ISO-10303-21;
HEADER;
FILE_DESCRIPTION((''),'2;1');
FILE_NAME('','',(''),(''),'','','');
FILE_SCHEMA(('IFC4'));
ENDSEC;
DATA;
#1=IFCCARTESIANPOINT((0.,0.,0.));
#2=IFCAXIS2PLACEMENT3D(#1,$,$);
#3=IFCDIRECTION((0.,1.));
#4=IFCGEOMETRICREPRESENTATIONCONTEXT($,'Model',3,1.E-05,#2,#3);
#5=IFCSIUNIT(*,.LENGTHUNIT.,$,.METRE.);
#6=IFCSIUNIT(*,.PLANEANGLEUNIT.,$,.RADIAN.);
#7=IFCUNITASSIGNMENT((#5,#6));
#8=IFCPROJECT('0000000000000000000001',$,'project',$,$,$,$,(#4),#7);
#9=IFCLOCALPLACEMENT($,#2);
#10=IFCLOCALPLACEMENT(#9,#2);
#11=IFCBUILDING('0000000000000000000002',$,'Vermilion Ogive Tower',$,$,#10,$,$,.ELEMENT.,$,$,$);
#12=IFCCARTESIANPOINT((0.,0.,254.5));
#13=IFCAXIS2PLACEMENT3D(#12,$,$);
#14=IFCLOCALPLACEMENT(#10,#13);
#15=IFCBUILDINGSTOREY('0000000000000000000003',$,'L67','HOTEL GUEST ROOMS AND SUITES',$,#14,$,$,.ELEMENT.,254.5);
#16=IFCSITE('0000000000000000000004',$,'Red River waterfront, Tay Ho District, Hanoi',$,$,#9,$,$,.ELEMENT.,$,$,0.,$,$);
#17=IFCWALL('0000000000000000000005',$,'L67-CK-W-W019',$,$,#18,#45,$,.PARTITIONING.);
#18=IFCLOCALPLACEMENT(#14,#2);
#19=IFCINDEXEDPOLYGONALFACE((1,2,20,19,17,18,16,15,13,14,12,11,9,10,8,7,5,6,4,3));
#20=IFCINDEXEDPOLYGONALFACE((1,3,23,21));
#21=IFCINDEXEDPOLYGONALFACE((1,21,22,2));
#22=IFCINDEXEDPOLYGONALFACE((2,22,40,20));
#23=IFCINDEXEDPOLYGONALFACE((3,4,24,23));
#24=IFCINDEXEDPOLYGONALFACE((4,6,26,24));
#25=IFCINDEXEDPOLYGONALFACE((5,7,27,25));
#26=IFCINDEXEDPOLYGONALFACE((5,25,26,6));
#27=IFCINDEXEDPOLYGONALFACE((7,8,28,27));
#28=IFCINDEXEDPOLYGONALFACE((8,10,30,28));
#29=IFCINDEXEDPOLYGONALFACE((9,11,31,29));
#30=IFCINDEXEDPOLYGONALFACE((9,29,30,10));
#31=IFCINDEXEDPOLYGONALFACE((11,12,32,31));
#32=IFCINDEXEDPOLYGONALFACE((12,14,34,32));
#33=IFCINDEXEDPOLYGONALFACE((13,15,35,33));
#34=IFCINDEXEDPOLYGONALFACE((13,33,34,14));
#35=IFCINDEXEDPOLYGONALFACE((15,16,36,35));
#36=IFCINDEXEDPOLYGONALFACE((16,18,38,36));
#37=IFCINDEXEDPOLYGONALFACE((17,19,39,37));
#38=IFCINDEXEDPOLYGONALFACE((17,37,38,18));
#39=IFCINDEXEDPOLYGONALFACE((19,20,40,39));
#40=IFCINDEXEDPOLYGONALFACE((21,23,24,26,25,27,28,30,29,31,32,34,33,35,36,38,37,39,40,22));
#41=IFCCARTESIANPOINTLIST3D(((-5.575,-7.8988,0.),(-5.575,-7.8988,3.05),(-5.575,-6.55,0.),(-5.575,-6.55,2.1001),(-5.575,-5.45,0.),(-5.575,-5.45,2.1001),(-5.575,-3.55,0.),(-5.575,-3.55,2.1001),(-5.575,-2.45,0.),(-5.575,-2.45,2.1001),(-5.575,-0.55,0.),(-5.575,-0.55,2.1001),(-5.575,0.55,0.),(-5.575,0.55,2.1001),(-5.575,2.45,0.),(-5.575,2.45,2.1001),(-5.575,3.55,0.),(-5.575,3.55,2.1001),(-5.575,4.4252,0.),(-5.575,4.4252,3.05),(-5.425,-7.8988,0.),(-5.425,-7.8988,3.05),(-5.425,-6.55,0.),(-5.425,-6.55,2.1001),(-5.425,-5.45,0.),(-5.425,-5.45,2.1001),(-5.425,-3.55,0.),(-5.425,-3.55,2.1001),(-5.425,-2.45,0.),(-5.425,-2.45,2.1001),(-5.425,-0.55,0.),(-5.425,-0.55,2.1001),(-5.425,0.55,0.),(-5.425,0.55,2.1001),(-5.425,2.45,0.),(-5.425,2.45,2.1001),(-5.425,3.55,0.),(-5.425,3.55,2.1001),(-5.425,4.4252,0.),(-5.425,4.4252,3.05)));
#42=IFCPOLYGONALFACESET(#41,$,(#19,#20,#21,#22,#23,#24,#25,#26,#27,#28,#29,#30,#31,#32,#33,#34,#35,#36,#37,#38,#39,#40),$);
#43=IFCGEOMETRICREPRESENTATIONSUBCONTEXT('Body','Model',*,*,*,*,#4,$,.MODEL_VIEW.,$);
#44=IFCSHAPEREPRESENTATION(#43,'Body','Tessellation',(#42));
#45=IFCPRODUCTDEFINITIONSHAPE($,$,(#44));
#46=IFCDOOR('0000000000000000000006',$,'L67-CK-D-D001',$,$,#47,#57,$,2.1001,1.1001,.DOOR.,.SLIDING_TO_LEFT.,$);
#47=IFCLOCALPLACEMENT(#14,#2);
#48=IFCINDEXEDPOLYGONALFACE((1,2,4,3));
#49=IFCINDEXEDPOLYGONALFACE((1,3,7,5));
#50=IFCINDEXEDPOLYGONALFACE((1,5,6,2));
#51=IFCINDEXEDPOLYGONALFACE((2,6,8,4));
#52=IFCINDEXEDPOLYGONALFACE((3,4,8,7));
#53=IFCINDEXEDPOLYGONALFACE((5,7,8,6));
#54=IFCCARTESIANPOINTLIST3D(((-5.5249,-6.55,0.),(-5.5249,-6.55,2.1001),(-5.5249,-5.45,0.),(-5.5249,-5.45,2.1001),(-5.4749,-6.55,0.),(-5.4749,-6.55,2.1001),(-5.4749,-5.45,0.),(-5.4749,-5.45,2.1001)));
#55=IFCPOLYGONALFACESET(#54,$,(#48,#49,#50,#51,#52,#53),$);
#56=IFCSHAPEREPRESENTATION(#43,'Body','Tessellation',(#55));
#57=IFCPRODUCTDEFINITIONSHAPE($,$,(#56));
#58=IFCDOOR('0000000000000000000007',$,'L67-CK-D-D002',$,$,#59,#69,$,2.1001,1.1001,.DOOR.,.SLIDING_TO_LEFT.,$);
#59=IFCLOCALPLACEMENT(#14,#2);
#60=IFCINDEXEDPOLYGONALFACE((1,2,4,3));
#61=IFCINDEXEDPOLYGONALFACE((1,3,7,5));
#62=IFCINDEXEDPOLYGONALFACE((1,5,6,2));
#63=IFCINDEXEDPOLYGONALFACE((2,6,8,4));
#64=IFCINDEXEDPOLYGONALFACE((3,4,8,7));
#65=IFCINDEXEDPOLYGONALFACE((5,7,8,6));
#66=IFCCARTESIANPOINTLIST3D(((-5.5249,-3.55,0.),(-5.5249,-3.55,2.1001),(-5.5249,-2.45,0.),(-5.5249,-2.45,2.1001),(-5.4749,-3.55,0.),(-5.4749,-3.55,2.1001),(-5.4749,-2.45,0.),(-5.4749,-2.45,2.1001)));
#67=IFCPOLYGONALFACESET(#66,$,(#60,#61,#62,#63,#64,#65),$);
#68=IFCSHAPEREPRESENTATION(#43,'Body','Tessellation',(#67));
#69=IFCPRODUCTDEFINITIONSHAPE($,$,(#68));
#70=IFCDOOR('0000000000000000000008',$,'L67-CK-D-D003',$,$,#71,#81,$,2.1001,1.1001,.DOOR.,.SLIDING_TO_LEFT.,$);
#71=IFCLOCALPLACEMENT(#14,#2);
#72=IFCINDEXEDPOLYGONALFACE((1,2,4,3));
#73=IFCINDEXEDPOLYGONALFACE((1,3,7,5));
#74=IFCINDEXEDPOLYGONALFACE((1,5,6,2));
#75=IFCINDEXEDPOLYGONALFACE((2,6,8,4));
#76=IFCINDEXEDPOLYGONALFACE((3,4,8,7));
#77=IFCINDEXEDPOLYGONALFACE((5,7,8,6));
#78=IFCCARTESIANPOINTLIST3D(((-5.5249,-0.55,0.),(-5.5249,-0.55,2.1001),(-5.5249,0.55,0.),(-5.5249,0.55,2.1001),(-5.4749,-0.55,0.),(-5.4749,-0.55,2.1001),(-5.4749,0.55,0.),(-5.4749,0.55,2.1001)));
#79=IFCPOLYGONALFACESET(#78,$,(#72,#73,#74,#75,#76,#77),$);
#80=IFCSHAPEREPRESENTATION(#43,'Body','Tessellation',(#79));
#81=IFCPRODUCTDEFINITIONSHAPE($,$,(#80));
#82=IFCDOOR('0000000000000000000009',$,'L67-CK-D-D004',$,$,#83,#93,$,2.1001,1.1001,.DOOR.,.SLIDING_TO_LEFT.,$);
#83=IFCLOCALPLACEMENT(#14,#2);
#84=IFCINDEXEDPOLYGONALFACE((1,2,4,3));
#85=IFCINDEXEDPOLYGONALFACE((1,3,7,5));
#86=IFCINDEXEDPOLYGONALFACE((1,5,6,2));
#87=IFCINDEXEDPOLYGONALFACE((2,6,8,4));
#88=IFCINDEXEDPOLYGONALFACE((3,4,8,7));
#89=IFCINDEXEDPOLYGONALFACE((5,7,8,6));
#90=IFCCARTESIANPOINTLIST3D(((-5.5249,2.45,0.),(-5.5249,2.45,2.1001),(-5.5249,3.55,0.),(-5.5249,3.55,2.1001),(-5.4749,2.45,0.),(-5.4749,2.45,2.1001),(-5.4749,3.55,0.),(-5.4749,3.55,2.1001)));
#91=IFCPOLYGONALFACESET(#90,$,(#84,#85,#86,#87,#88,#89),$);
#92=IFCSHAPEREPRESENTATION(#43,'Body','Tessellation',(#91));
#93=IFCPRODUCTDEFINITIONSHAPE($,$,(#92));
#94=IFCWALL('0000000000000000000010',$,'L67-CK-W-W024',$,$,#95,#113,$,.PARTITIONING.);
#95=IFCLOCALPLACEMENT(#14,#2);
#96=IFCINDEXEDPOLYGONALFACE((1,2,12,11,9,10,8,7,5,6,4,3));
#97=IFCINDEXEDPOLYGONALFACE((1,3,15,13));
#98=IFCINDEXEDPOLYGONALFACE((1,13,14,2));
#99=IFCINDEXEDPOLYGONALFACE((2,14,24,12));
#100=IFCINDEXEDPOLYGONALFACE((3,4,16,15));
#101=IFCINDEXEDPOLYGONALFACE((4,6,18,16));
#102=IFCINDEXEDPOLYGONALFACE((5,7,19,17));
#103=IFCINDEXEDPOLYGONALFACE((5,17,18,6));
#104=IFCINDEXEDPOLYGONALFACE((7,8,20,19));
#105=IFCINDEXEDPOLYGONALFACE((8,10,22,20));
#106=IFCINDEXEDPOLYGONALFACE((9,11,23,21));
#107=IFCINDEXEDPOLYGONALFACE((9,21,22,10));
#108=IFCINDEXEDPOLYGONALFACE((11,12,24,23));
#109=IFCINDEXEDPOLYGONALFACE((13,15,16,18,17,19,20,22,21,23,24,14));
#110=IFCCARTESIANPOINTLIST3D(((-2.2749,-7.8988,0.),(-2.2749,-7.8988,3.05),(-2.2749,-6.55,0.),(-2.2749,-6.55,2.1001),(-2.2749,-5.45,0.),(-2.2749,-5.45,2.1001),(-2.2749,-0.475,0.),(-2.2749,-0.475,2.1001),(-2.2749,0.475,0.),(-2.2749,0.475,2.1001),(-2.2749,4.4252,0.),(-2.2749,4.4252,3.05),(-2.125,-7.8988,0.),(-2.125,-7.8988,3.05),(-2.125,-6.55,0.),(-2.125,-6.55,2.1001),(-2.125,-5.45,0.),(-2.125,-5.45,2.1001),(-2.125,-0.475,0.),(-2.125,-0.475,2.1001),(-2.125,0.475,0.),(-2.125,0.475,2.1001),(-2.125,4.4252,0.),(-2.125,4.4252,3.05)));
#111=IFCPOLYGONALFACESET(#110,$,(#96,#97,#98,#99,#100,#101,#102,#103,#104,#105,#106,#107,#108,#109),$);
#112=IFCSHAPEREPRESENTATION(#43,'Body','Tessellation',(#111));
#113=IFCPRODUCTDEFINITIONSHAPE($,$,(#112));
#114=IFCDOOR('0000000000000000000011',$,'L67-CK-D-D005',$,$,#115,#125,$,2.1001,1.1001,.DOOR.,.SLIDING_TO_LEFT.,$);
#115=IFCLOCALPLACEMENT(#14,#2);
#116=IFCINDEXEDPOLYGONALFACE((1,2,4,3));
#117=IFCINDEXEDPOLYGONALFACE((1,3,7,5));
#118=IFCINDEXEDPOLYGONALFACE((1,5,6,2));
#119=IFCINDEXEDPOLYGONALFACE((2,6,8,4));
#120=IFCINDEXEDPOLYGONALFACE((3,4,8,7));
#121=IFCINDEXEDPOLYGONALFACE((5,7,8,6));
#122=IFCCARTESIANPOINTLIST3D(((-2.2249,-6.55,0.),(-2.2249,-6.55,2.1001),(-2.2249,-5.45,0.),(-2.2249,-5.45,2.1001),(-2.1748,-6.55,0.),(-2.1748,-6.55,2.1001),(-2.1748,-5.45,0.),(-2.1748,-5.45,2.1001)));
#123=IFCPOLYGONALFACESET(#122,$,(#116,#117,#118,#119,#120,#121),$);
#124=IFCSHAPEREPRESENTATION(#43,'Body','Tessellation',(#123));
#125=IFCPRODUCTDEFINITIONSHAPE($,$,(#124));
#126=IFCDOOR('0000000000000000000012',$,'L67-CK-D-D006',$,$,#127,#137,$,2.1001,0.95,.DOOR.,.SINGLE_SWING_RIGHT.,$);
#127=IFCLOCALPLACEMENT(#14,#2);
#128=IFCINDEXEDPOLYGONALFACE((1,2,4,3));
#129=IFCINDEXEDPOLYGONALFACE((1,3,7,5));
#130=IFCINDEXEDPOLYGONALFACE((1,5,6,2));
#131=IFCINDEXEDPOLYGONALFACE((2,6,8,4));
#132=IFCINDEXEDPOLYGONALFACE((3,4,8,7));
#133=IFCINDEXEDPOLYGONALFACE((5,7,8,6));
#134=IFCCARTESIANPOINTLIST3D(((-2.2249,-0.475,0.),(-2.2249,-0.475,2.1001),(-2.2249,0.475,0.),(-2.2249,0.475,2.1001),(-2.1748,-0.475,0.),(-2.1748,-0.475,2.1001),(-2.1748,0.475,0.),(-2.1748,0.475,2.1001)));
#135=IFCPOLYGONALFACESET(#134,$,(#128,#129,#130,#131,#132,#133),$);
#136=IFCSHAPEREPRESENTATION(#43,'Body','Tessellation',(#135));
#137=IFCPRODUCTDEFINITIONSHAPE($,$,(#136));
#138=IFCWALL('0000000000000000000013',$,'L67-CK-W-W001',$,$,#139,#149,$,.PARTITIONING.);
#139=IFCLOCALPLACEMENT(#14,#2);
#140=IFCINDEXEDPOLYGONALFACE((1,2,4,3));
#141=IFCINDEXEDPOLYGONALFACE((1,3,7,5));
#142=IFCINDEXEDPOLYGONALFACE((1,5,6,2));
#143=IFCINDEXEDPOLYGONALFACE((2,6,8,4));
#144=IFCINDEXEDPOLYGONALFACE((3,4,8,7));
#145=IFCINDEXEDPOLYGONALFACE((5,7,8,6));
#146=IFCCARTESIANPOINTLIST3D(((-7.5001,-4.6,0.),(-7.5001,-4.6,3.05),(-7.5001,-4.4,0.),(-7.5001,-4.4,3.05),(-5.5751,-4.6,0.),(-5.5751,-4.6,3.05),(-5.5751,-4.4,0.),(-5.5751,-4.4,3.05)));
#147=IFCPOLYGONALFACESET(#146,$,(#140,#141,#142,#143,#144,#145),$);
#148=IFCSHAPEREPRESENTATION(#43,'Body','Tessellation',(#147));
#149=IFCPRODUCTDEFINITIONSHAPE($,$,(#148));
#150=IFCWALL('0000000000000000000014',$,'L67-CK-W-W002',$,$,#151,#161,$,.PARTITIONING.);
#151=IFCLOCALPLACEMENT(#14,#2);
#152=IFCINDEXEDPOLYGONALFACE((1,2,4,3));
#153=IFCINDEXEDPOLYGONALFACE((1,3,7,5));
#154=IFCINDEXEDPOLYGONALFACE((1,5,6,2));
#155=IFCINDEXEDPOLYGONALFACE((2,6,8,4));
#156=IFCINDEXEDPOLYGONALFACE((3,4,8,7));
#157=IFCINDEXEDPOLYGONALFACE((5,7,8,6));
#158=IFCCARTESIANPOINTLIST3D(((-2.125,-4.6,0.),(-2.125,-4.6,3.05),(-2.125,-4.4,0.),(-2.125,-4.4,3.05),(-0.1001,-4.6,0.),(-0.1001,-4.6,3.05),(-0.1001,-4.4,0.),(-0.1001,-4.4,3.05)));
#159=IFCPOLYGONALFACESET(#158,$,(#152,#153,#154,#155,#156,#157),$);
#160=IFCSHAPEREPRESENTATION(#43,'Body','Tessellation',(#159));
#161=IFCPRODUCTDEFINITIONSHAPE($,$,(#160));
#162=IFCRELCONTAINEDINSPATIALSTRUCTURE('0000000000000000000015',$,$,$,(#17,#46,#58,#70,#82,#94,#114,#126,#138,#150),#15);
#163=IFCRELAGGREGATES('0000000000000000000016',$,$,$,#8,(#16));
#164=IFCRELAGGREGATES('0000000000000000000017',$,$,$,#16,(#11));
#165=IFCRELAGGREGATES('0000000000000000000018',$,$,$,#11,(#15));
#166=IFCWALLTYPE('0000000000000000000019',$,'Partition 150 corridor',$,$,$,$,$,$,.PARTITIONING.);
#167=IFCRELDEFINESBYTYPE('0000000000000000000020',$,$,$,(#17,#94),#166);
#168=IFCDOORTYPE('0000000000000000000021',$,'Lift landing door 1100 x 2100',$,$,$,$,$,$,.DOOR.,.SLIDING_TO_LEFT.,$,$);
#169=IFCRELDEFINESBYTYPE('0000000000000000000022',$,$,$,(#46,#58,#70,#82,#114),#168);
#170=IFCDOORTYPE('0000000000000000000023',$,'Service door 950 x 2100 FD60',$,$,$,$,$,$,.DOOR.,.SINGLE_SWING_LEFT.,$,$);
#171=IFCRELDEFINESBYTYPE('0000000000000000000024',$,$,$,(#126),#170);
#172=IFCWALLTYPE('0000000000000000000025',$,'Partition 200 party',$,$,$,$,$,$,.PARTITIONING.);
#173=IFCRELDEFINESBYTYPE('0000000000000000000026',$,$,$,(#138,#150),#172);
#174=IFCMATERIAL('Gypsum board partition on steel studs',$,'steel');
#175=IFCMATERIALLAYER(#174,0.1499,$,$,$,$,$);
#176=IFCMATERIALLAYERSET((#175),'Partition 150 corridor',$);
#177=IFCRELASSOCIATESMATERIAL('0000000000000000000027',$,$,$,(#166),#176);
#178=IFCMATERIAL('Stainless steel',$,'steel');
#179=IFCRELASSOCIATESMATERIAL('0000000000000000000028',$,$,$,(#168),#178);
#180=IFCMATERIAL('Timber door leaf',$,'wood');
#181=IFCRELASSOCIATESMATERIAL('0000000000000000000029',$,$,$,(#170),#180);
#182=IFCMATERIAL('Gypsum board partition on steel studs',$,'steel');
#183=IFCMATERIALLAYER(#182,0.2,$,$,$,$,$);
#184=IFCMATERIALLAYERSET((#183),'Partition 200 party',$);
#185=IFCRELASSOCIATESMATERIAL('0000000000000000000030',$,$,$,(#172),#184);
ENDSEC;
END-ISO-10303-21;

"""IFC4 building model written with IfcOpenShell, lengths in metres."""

from ifc_helpers import new_model, si_unit, direction, frame, frame_2d, origin, place, context, subcontext, project, spatial, rectangle, extrude, material, layer, layer_set, type_object, element, fill, save


model = new_model("IFC4")

# Units and contexts
model_context = context("Model", 3, precision=1e-05, world=origin(), true_north=direction((0.0, 1.0)))
body_context = subcontext(model_context, "Body", "Model", "MODEL_VIEW")
ifc_project = project(units=[si_unit("LENGTHUNIT", "METRE"), si_unit("PLANEANGLEUNIT", "RADIAN")], contexts=[model_context])

# Site, building, storey
site_placement = place(None, origin())
site = spatial("IfcSite", under=ifc_project, at=site_placement, Name="Red River waterfront, Tay Ho District, Hanoi", CompositionType="ELEMENT", RefElevation=0.0)
building_placement = place(site_placement, origin())
building = spatial("IfcBuilding", under=site, at=building_placement, Name="Vermilion Ogive Tower", CompositionType="ELEMENT")
storey_placement = place(building_placement, frame((0.0, 0.0, 254.5)))
storey = spatial("IfcBuildingStorey", under=building, at=storey_placement, Name="L67", Description="HOTEL GUEST ROOMS AND SUITES", CompositionType="ELEMENT", Elevation=254.5)

# Walls, openings, doors
ifc_material_1 = material(Name="Gypsum board partition on steel studs", Category="steel")
ifc_layer_1 = layer(ifc_material_1, 0.1499)
ifc_layer_set_1 = layer_set([ifc_layer_1], Name="Partition 150 corridor")
wall_type_1 = type_object("IfcWallType", Name="Partition 150 corridor", PredefinedType="PARTITIONING", material=ifc_layer_set_1)
wall_1_placement = place(storey_placement, frame((-5.5, -7.8989, 0.0), z_axis=(0.0, 0.0, 1.0), x_axis=(0.0, 1.0, 0.0)))
wall_1 = element("IfcWall", 1, at=wall_1_placement, inside=storey, type_object=wall_type_1, Name="L67-CK-W-W019", PredefinedType="PARTITIONING", context=body_context, shape_type="SweptSolid", body=[
    extrude(rectangle(XDim=12.324, YDim=0.1499, at=frame_2d((6.1621, 0.0))), origin(), (0.0, 0.0, 1.0), 3.05),
])
opening_1_placement = place(wall_1_placement, frame((1.3489, 0.0, 0.0)))
opening_1 = element("IfcOpeningElement", 2, at=opening_1_placement, cuts=wall_1, PredefinedType="OPENING", context=body_context, shape_type="SweptSolid", body=[
    extrude(rectangle(XDim=1.1001, YDim=2.1001, at=frame_2d((0.55, 1.05))), frame((0.0, 0.085, 0.0), z_axis=(0.0, -1.0, 0.0), x_axis=(1.0, 0.0, 0.0)), (0.0, 0.0, 1.0), 0.1699),
])
opening_2_placement = place(wall_1_placement, frame((4.3489, 0.0, 0.0)))
opening_2 = element("IfcOpeningElement", 3, at=opening_2_placement, cuts=wall_1, PredefinedType="OPENING", context=body_context, shape_type="SweptSolid", body=[
    extrude(rectangle(XDim=1.1001, YDim=2.1001, at=frame_2d((0.55, 1.05))), frame((0.0, 0.085, 0.0), z_axis=(0.0, -1.0, 0.0), x_axis=(1.0, 0.0, 0.0)), (0.0, 0.0, 1.0), 0.1699),
])
opening_3_placement = place(wall_1_placement, frame((7.3489, 0.0, 0.0)))
opening_3 = element("IfcOpeningElement", 4, at=opening_3_placement, cuts=wall_1, PredefinedType="OPENING", context=body_context, shape_type="SweptSolid", body=[
    extrude(rectangle(XDim=1.1001, YDim=2.1001, at=frame_2d((0.55, 1.05))), frame((0.0, 0.085, 0.0), z_axis=(0.0, -1.0, 0.0), x_axis=(1.0, 0.0, 0.0)), (0.0, 0.0, 1.0), 0.1699),
])
opening_4_placement = place(wall_1_placement, frame((10.3489, 0.0, 0.0)))
opening_4 = element("IfcOpeningElement", 5, at=opening_4_placement, cuts=wall_1, PredefinedType="OPENING", context=body_context, shape_type="SweptSolid", body=[
    extrude(rectangle(XDim=1.1001, YDim=2.1001, at=frame_2d((0.55, 1.05))), frame((0.0, 0.085, 0.0), z_axis=(0.0, -1.0, 0.0), x_axis=(1.0, 0.0, 0.0)), (0.0, 0.0, 1.0), 0.1699),
])
ifc_material_2 = material(Name="Stainless steel", Category="steel")
door_type_1 = type_object("IfcDoorType", Name="Lift landing door 1100 x 2100", OperationType="SLIDING_TO_LEFT", PredefinedType="DOOR", material=ifc_material_2)
door_1_placement = place(opening_1_placement, origin())
door_1 = element("IfcDoor", 6, at=door_1_placement, inside=storey, type_object=door_type_1, Name="L67-CK-D-D001", OperationType="SLIDING_TO_LEFT", OverallHeight=2.1001, OverallWidth=1.1001, PredefinedType="DOOR", context=body_context, shape_type="SweptSolid", body=[
    extrude(rectangle(XDim=1.1001, YDim=2.1001, at=frame_2d((0.55, 1.05))), frame((0.0, 0.0249, 0.0), z_axis=(0.0, -1.0, 0.0), x_axis=(1.0, 0.0, 0.0)), (0.0, 0.0, 1.0), 0.05),
])
fill(opening_1, door_1)
door_2_placement = place(opening_2_placement, origin())
door_2 = element("IfcDoor", 7, at=door_2_placement, inside=storey, type_object=door_type_1, Name="L67-CK-D-D002", OperationType="SLIDING_TO_LEFT", OverallHeight=2.1001, OverallWidth=1.1001, PredefinedType="DOOR", context=body_context, shape_type="SweptSolid", body=[
    extrude(rectangle(XDim=1.1001, YDim=2.1001, at=frame_2d((0.55, 1.05))), frame((0.0, 0.0249, 0.0), z_axis=(0.0, -1.0, 0.0), x_axis=(1.0, 0.0, 0.0)), (0.0, 0.0, 1.0), 0.05),
])
fill(opening_2, door_2)
door_3_placement = place(opening_3_placement, origin())
door_3 = element("IfcDoor", 8, at=door_3_placement, inside=storey, type_object=door_type_1, Name="L67-CK-D-D003", OperationType="SLIDING_TO_LEFT", OverallHeight=2.1001, OverallWidth=1.1001, PredefinedType="DOOR", context=body_context, shape_type="SweptSolid", body=[
    extrude(rectangle(XDim=1.1001, YDim=2.1001, at=frame_2d((0.55, 1.05))), frame((0.0, 0.0249, 0.0), z_axis=(0.0, -1.0, 0.0), x_axis=(1.0, 0.0, 0.0)), (0.0, 0.0, 1.0), 0.05),
])
fill(opening_3, door_3)
door_4_placement = place(opening_4_placement, origin())
door_4 = element("IfcDoor", 9, at=door_4_placement, inside=storey, type_object=door_type_1, Name="L67-CK-D-D004", OperationType="SLIDING_TO_LEFT", OverallHeight=2.1001, OverallWidth=1.1001, PredefinedType="DOOR", context=body_context, shape_type="SweptSolid", body=[
    extrude(rectangle(XDim=1.1001, YDim=2.1001, at=frame_2d((0.55, 1.05))), frame((0.0, 0.0249, 0.0), z_axis=(0.0, -1.0, 0.0), x_axis=(1.0, 0.0, 0.0)), (0.0, 0.0, 1.0), 0.05),
])
fill(opening_4, door_4)
wall_2_placement = place(storey_placement, frame((-2.2, -7.8989, 0.0), z_axis=(0.0, 0.0, 1.0), x_axis=(0.0, 1.0, 0.0)))
wall_2 = element("IfcWall", 10, at=wall_2_placement, inside=storey, type_object=wall_type_1, Name="L67-CK-W-W024", PredefinedType="PARTITIONING", context=body_context, shape_type="SweptSolid", body=[
    extrude(rectangle(XDim=12.324, YDim=0.1499, at=frame_2d((6.1621, 0.0))), origin(), (0.0, 0.0, 1.0), 3.05),
])
opening_5_placement = place(wall_2_placement, frame((1.3489, 0.0, 0.0)))
opening_5 = element("IfcOpeningElement", 11, at=opening_5_placement, cuts=wall_2, PredefinedType="OPENING", context=body_context, shape_type="SweptSolid", body=[
    extrude(rectangle(XDim=1.1001, YDim=2.1001, at=frame_2d((0.55, 1.05))), frame((0.0, 0.085, 0.0), z_axis=(0.0, -1.0, 0.0), x_axis=(1.0, 0.0, 0.0)), (0.0, 0.0, 1.0), 0.1699),
])
opening_6_placement = place(wall_2_placement, frame((7.4238, 0.0, 0.0)))
opening_6 = element("IfcOpeningElement", 12, at=opening_6_placement, cuts=wall_2, PredefinedType="OPENING", context=body_context, shape_type="SweptSolid", body=[
    extrude(rectangle(XDim=0.95, YDim=2.1001, at=frame_2d((0.4751, 1.05))), frame((0.0, 0.085, 0.0), z_axis=(0.0, -1.0, 0.0), x_axis=(1.0, 0.0, 0.0)), (0.0, 0.0, 1.0), 0.1699),
])
door_5_placement = place(opening_5_placement, origin())
door_5 = element("IfcDoor", 13, at=door_5_placement, inside=storey, type_object=door_type_1, Name="L67-CK-D-D005", OperationType="SLIDING_TO_LEFT", OverallHeight=2.1001, OverallWidth=1.1001, PredefinedType="DOOR", context=body_context, shape_type="SweptSolid", body=[
    extrude(rectangle(XDim=1.1001, YDim=2.1001, at=frame_2d((0.55, 1.05))), frame((0.0, 0.0249, 0.0), z_axis=(0.0, -1.0, 0.0), x_axis=(1.0, 0.0, 0.0)), (0.0, 0.0, 1.0), 0.05),
])
fill(opening_5, door_5)
ifc_material_3 = material(Name="Timber door leaf", Category="wood")
door_type_2 = type_object("IfcDoorType", Name="Service door 950 x 2100 FD60", OperationType="SINGLE_SWING_LEFT", PredefinedType="DOOR", material=ifc_material_3)
door_6_placement = place(opening_6_placement, origin())
door_6 = element("IfcDoor", 14, at=door_6_placement, inside=storey, type_object=door_type_2, Name="L67-CK-D-D006", OperationType="SINGLE_SWING_RIGHT", OverallHeight=2.1001, OverallWidth=0.95, PredefinedType="DOOR", context=body_context, shape_type="SweptSolid", body=[
    extrude(rectangle(XDim=0.95, YDim=2.1001, at=frame_2d((0.4751, 1.05))), frame((0.0, 0.0249, 0.0), z_axis=(0.0, -1.0, 0.0), x_axis=(1.0, 0.0, 0.0)), (0.0, 0.0, 1.0), 0.05),
])
fill(opening_6, door_6)

# Walls
ifc_material_4 = material(Name="Gypsum board partition on steel studs", Category="steel")
ifc_layer_2 = layer(ifc_material_4, 0.2)
ifc_layer_set_2 = layer_set([ifc_layer_2], Name="Partition 200 party")
wall_type_2 = type_object("IfcWallType", Name="Partition 200 party", PredefinedType="PARTITIONING", material=ifc_layer_set_2)
wall_3_placement = place(storey_placement, frame((-7.5, -4.5, 0.0), z_axis=(0.0, 0.0, 1.0), x_axis=(1.0, 0.0, 0.0)))
element("IfcWall", 15, at=wall_3_placement, inside=storey, type_object=wall_type_2, Name="L67-CK-W-W001", PredefinedType="PARTITIONING", context=body_context, shape_type="SweptSolid", body=[
    extrude(rectangle(XDim=1.925, YDim=0.2, at=frame_2d((0.9624, 0.0))), origin(), (0.0, 0.0, 1.0), 3.05),
])
wall_4_placement = place(storey_placement, frame((-2.125, -4.5, 0.0), z_axis=(0.0, 0.0, 1.0), x_axis=(1.0, 0.0, 0.0)))
element("IfcWall", 16, at=wall_4_placement, inside=storey, type_object=wall_type_2, Name="L67-CK-W-W002", PredefinedType="PARTITIONING", context=body_context, shape_type="SweptSolid", body=[
    extrude(rectangle(XDim=2.0249, YDim=0.2, at=frame_2d((1.0125, 0.0))), origin(), (0.0, 0.0, 1.0), 3.05),
])

save(model, "model.ifc")
